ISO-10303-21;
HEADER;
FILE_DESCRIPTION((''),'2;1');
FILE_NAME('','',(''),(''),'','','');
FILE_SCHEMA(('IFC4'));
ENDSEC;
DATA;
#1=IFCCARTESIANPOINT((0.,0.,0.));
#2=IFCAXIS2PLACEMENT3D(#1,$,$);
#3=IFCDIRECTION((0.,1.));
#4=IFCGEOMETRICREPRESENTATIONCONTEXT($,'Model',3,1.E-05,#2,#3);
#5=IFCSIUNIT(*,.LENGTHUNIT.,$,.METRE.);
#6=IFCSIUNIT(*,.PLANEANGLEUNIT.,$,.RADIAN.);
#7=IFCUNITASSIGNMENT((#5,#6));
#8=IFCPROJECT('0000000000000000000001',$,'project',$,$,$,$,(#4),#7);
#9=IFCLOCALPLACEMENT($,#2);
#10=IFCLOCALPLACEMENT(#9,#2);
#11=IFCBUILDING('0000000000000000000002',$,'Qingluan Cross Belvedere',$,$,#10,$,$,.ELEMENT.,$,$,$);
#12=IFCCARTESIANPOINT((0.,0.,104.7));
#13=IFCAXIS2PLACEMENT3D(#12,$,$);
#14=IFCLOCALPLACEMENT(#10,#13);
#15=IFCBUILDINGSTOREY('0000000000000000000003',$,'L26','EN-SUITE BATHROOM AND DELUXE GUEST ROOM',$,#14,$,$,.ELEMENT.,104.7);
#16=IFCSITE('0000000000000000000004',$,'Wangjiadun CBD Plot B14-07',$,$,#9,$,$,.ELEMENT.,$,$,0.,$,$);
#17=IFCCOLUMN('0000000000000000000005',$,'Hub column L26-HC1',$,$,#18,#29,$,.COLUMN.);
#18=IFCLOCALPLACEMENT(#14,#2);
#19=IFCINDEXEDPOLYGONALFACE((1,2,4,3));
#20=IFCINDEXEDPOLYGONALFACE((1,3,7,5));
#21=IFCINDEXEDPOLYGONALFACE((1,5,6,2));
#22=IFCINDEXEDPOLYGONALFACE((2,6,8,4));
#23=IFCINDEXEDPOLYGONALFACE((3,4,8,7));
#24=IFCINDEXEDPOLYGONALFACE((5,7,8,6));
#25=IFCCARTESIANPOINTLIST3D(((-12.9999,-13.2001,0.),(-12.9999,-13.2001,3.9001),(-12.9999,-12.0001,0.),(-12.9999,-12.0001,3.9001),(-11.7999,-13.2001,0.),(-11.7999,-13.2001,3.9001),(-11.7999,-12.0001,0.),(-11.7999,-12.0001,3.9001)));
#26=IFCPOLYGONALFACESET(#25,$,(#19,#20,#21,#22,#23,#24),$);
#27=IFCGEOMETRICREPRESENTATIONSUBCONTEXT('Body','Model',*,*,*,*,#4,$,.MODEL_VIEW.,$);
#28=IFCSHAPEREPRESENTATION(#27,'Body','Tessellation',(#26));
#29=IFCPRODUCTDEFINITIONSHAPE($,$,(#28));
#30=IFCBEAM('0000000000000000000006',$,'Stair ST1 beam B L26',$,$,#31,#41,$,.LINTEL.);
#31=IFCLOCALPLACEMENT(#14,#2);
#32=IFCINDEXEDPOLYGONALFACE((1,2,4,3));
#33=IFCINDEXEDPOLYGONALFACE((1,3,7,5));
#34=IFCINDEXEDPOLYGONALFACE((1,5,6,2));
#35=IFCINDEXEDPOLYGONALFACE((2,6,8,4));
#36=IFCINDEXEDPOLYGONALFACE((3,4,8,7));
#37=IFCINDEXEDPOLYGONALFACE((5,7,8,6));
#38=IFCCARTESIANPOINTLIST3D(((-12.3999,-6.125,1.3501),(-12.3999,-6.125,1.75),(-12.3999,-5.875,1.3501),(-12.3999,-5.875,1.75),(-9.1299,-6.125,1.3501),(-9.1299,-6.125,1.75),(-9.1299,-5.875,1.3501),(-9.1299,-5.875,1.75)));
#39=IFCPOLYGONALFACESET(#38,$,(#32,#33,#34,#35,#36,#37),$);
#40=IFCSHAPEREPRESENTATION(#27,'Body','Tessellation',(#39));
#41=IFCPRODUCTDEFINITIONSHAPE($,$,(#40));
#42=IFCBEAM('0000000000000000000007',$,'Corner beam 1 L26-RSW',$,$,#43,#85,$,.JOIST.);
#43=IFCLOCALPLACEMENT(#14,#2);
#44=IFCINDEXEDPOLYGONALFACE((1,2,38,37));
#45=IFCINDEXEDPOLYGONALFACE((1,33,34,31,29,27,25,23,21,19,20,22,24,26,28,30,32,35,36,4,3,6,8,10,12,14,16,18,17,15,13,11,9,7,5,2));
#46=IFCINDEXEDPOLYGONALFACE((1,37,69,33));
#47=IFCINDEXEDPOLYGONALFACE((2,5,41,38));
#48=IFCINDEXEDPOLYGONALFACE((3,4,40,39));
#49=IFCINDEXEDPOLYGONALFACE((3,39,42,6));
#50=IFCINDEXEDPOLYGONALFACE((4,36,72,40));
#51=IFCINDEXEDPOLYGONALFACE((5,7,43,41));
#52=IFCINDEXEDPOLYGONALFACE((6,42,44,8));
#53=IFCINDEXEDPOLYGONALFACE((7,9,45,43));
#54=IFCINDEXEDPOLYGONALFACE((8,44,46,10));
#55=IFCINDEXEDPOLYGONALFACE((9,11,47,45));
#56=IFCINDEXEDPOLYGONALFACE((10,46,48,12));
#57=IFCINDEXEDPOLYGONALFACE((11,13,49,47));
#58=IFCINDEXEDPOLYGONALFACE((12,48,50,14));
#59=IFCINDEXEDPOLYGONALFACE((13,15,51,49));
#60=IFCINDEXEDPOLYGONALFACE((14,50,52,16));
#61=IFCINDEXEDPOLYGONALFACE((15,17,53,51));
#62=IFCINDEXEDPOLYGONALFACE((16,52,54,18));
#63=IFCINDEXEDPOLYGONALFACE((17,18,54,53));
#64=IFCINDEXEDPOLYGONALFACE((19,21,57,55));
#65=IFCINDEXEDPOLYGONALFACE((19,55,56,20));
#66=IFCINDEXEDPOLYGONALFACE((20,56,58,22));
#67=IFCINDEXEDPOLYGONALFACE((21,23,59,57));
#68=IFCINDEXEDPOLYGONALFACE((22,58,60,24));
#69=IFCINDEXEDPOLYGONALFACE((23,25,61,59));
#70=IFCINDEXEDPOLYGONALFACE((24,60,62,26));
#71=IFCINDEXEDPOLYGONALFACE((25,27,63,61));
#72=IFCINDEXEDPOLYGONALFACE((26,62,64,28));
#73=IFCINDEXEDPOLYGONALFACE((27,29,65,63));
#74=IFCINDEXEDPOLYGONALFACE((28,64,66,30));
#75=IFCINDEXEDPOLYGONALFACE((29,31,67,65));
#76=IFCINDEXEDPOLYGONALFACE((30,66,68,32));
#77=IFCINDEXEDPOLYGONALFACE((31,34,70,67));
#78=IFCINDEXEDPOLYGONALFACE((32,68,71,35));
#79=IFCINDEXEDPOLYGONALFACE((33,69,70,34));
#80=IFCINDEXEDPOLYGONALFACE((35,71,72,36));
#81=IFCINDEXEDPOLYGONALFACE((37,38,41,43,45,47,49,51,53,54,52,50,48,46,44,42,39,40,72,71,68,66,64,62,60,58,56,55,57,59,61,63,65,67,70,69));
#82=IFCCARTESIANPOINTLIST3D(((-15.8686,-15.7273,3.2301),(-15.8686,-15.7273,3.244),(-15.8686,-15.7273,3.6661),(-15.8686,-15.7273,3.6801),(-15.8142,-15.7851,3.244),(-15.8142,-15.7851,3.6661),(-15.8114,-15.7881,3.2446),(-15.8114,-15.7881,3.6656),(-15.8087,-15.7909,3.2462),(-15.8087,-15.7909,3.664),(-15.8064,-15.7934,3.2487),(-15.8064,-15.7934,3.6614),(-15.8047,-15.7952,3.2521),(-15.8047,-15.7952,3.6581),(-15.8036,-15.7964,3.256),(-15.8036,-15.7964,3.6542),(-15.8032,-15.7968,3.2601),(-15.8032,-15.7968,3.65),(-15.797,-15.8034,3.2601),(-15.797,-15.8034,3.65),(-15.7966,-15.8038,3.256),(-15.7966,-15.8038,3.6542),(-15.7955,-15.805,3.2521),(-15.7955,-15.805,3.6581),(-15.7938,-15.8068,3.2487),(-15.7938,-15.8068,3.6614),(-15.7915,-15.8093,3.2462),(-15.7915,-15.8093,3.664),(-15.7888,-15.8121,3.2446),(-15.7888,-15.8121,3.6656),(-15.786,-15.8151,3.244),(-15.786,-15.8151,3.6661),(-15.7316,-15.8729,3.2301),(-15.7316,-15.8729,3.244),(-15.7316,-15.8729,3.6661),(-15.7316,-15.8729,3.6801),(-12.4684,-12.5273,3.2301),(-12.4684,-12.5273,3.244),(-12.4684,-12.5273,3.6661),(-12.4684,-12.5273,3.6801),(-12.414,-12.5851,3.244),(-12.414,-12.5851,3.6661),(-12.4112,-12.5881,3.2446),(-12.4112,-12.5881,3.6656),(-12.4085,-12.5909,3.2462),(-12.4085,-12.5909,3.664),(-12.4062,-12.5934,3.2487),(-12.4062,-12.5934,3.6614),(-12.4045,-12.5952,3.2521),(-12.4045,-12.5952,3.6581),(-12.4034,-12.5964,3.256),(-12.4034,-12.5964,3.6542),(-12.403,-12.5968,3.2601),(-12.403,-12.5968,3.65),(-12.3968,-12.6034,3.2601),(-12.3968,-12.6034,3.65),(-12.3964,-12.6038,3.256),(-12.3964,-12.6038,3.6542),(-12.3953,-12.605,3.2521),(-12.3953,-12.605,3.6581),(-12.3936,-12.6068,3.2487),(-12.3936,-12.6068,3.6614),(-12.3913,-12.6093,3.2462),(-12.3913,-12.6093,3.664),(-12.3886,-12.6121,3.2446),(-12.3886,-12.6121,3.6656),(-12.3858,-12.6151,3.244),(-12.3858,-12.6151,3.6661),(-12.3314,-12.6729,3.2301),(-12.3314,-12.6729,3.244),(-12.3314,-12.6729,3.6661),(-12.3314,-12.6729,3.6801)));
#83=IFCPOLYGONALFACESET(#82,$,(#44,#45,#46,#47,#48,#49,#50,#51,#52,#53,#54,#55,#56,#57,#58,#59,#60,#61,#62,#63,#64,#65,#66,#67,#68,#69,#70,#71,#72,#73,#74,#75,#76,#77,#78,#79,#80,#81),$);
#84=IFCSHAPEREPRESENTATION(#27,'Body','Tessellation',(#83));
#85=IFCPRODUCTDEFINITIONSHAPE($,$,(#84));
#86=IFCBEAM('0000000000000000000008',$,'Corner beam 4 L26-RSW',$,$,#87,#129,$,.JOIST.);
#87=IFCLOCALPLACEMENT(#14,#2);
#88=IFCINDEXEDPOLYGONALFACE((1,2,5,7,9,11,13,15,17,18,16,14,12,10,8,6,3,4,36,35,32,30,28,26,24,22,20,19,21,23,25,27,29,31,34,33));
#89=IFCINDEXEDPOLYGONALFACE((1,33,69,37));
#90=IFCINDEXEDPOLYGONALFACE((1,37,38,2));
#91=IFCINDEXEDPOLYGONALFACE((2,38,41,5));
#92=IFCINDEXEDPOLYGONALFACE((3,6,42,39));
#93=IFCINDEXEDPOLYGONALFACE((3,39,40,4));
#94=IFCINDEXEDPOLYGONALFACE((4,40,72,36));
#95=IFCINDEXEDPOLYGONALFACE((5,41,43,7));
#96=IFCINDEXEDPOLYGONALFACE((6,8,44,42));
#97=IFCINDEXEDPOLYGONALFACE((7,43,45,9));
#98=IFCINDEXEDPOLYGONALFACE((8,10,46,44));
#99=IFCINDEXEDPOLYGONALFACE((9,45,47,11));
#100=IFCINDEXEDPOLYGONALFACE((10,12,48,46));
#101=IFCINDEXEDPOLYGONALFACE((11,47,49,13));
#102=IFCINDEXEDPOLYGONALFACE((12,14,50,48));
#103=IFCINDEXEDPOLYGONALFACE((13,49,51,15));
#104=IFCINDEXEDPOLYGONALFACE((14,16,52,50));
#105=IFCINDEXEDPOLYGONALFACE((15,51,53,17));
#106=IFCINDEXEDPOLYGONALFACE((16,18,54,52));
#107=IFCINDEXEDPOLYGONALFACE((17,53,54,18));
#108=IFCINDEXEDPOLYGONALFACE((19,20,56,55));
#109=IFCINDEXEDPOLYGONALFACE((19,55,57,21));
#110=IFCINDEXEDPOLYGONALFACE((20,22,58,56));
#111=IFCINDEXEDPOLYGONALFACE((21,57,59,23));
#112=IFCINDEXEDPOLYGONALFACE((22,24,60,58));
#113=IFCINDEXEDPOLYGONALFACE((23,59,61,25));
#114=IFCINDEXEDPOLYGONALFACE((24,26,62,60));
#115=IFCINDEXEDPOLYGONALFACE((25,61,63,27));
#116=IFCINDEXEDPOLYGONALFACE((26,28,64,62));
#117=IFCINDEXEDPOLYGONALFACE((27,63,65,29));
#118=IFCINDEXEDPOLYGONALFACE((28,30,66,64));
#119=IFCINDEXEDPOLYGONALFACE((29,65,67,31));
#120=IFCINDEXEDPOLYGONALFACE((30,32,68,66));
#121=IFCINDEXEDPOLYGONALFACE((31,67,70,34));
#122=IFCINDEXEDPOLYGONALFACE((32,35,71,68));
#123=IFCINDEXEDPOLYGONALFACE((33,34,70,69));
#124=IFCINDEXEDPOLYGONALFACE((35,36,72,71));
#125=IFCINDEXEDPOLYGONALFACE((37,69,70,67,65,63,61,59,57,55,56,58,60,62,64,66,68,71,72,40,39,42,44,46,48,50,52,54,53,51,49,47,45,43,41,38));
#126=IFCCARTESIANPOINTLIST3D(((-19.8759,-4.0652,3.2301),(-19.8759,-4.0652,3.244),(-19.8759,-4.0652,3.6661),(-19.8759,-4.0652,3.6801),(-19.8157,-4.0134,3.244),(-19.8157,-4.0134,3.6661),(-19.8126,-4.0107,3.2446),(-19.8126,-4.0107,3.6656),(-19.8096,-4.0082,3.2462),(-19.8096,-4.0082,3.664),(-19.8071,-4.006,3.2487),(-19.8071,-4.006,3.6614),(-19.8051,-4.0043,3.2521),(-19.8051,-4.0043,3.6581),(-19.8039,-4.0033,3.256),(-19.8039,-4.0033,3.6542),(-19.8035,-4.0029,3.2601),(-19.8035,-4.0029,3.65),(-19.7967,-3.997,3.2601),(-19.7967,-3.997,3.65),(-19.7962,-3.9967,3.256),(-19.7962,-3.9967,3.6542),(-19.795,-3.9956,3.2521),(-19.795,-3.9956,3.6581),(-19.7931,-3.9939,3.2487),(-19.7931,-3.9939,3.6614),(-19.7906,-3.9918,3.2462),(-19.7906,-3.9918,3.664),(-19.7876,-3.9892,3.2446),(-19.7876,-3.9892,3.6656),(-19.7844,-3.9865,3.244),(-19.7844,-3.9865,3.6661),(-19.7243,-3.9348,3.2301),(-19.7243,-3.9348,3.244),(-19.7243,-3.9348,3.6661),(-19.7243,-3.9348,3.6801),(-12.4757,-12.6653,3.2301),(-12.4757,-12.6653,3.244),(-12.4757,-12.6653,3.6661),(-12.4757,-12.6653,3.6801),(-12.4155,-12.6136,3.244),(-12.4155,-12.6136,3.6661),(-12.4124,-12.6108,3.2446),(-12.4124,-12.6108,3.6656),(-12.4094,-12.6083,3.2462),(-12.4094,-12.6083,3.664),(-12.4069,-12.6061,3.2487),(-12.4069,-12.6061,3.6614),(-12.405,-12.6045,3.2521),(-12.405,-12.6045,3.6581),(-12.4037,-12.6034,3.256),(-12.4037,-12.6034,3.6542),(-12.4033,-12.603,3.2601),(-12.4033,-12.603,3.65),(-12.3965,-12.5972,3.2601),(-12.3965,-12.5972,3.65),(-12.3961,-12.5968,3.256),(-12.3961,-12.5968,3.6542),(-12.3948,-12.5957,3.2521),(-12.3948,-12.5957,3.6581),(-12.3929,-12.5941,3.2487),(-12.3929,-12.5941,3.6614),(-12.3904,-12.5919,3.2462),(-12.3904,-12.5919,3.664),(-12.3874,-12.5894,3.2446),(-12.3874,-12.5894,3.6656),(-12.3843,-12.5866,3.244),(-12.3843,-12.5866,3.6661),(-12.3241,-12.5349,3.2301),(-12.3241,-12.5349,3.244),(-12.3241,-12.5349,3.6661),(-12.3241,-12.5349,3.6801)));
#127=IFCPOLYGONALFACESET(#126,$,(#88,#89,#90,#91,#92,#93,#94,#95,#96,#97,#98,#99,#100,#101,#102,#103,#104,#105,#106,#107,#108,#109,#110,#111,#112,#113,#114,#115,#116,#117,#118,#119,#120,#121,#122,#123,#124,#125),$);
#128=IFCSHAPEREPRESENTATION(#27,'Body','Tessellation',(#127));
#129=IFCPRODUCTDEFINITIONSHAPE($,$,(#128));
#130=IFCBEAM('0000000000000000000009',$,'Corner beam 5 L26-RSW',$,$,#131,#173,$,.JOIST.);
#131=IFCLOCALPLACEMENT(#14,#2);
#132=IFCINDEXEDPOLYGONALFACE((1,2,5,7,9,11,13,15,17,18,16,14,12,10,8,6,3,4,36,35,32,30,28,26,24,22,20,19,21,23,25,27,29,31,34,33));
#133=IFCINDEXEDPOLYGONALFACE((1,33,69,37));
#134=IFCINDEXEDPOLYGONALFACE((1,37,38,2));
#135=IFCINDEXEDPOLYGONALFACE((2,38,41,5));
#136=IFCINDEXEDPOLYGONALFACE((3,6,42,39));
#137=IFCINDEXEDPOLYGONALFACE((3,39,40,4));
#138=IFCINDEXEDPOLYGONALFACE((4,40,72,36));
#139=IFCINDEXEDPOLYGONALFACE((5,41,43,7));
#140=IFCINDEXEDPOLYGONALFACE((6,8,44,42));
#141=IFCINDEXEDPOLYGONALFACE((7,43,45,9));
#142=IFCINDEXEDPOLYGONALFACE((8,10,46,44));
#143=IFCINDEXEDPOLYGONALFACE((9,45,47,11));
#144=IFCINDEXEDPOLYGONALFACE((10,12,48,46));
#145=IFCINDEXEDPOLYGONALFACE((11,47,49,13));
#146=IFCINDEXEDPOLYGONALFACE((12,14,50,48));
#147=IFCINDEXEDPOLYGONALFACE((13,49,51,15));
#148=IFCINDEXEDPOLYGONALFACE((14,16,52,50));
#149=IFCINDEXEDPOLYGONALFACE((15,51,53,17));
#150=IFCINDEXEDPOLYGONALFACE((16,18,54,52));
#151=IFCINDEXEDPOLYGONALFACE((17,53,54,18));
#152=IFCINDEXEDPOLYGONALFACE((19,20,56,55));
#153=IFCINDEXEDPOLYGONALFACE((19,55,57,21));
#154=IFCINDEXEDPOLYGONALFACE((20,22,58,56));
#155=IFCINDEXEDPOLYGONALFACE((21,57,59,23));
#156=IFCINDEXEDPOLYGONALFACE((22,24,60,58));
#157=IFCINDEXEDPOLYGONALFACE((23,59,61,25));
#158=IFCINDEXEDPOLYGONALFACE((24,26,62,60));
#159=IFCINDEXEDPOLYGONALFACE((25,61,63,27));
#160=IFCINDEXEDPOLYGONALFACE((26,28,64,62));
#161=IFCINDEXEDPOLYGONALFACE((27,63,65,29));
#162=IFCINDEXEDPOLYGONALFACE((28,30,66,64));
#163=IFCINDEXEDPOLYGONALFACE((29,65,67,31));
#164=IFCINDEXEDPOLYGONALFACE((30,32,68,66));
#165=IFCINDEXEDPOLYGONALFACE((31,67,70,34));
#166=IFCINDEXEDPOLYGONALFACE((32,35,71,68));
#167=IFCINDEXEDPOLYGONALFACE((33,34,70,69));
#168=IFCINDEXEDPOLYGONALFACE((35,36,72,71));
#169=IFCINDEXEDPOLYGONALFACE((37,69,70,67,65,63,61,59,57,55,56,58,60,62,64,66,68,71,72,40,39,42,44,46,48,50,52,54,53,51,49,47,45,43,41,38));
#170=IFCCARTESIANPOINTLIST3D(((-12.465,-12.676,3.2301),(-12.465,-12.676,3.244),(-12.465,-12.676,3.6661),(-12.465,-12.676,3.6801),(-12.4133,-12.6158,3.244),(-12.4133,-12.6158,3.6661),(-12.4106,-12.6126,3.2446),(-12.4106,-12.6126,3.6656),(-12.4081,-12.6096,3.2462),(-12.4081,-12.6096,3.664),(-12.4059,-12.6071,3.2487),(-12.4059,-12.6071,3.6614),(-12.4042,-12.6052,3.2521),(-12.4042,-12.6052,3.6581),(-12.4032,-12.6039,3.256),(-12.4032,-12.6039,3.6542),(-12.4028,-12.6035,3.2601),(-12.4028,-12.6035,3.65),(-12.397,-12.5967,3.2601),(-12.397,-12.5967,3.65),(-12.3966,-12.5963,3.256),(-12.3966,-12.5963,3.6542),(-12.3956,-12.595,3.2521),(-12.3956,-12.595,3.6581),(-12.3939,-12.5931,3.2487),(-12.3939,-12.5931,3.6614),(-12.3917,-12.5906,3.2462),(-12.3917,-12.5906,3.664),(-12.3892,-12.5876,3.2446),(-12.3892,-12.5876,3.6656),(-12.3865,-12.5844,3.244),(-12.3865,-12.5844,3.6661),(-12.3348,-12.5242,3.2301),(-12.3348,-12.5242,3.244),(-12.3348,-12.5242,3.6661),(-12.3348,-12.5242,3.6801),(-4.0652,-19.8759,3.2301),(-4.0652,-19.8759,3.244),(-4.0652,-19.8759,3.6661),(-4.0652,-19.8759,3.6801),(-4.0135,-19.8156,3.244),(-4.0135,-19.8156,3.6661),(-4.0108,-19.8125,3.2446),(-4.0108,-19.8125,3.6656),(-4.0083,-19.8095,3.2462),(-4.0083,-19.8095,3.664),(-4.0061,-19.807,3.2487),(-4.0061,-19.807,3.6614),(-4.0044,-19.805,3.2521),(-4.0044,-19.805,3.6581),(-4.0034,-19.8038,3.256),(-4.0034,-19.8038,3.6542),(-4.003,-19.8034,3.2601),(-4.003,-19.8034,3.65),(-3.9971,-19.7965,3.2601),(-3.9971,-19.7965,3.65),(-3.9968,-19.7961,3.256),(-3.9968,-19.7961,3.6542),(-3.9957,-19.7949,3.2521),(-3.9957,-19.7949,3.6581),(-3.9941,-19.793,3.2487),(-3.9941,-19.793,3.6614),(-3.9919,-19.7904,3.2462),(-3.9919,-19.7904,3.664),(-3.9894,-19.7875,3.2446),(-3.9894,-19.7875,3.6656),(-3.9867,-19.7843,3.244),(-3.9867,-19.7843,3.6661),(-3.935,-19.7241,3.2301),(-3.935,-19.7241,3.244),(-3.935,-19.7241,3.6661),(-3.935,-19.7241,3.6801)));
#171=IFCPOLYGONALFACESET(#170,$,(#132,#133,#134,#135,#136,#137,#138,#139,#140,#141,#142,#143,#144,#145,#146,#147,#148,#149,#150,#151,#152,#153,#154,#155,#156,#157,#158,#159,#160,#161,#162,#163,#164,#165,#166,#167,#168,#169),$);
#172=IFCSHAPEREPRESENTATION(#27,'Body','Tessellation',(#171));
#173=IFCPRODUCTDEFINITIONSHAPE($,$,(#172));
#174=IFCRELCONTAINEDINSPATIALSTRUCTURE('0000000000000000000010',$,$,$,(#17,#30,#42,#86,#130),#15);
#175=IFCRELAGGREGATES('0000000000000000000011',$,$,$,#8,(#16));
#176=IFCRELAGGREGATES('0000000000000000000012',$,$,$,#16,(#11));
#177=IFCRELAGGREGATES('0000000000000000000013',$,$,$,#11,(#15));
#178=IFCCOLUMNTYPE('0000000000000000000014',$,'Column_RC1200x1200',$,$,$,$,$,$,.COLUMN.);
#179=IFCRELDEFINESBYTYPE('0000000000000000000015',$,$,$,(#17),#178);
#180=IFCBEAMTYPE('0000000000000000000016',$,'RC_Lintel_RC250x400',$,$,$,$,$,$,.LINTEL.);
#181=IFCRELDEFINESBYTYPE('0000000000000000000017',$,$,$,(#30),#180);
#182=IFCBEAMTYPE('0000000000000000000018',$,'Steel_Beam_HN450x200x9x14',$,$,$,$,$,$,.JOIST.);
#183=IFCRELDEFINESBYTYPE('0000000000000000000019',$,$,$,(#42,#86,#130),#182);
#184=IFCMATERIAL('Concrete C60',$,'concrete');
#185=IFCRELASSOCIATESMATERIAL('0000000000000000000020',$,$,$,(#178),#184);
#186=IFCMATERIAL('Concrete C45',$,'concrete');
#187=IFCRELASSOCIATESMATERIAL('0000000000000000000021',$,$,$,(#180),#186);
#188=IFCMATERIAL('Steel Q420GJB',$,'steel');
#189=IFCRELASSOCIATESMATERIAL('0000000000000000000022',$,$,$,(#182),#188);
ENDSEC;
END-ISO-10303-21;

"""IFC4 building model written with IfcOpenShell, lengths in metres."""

from ifc_helpers import new_model, si_unit, direction, frame, origin, origin_2d, place, context, subcontext, project, spatial, rectangle, i_section, extrude, material, material_profile, profile_set, type_object, element, save


model = new_model("IFC4")

# Units and contexts
model_context = context("Model", 3, precision=1e-05, world=origin(), true_north=direction((0.0, 1.0)))
body_context = subcontext(model_context, "Body", "Model", "MODEL_VIEW")
ifc_project = project(units=[si_unit("LENGTHUNIT", "METRE"), si_unit("PLANEANGLEUNIT", "RADIAN")], contexts=[model_context])

# Site, building, storey
site_placement = place(None, origin())
site = spatial("IfcSite", under=ifc_project, at=site_placement, Name="Wangjiadun CBD Plot B14-07", CompositionType="ELEMENT", RefElevation=0.0)
building_placement = place(site_placement, origin())
building = spatial("IfcBuilding", under=site, at=building_placement, Name="Qingluan Cross Belvedere", CompositionType="ELEMENT")
storey_placement = place(building_placement, frame((0.0, 0.0, 104.7)))
storey = spatial("IfcBuildingStorey", under=building, at=storey_placement, Name="L26", Description="EN-SUITE BATHROOM AND DELUXE GUEST ROOM", CompositionType="ELEMENT", Elevation=104.7)

# Column
ifc_material_1 = material(Name="Concrete C60", Category="concrete")
ifc_material_profile_1 = material_profile(ifc_material_1, rectangle(XDim=1.2, YDim=1.2, at=origin_2d()), Name="RC1200x1200")
ifc_profile_set_1 = profile_set([ifc_material_profile_1], Name="Concrete C60")
column_type = type_object("IfcColumnType", Name="Column_RC1200x1200", PredefinedType="COLUMN", material=ifc_profile_set_1)
column_placement = place(storey_placement, frame((-12.3999, -12.6001, 0.0), z_axis=(0.0, 0.0, 1.0), x_axis=(1.0, 0.0, 0.0)))
element("IfcColumn", 1, at=column_placement, inside=storey, type_object=column_type, Name="Hub column L26-HC1", PredefinedType="COLUMN", context=body_context, shape_type="SweptSolid", body=[
    extrude(rectangle(XDim=1.2, YDim=1.2, at=origin_2d()), origin(), (0.0, 0.0, 1.0), 3.9001),
])

# Beams
ifc_material_2 = material(Name="Concrete C45", Category="concrete")
ifc_material_profile_2 = material_profile(ifc_material_2, rectangle(XDim=0.25, YDim=0.3999, at=origin_2d()), Name="RC250x400")
ifc_profile_set_2 = profile_set([ifc_material_profile_2], Name="Concrete C45")
beam_type_1 = type_object("IfcBeamType", Name="RC_Lintel_RC250x400", PredefinedType="LINTEL", material=ifc_profile_set_2)
beam_1_placement = place(storey_placement, frame((-12.3999, -6.0, 1.55), z_axis=(1.0, 0.0, 0.0), x_axis=(0.0, 1.0, 0.0)))
element("IfcBeam", 2, at=beam_1_placement, inside=storey, type_object=beam_type_1, Name="Stair ST1 beam B L26", PredefinedType="LINTEL", context=body_context, shape_type="SweptSolid", body=[
    extrude(rectangle(XDim=0.25, YDim=0.3999, at=origin_2d()), origin(), (0.0, 0.0, 1.0), 3.27),
])
ifc_material_3 = material(Name="Steel Q420GJB", Category="steel")
ifc_material_profile_3 = material_profile(ifc_material_3, i_section(OverallWidth=0.2, OverallDepth=0.45, WebThickness=0.009, FlangeThickness=0.0139, FilletRadius=0.0161, at=origin_2d()), Name="HN450x200x9x14")
ifc_profile_set_3 = profile_set([ifc_material_profile_3], Name="Steel Q420GJB")
beam_type_2 = type_object("IfcBeamType", Name="Steel_Beam_HN450x200x9x14", PredefinedType="JOIST", material=ifc_profile_set_3)
beam_2_placement = place(storey_placement, frame((-12.3999, -12.6001, 3.4551), z_axis=(-0.72822, -0.685343, 0.0), x_axis=(0.685343, -0.72822, 0.0)))
element("IfcBeam", 3, at=beam_2_placement, inside=storey, type_object=beam_type_2, Name="Corner beam 1 L26-RSW", PredefinedType="JOIST", context=body_context, shape_type="SweptSolid", body=[
    extrude(i_section(OverallWidth=0.2, OverallDepth=0.45, WebThickness=0.009, FlangeThickness=0.0139, FilletRadius=0.0161, at=origin_2d()), origin(), (0.0, 0.0, 1.0), 4.6692),
])
beam_3_placement = place(storey_placement, frame((-12.3999, -12.6001, 3.4551), z_axis=(-0.652245, 0.758008, 0.0), x_axis=(-0.758008, -0.652245, 0.0)))
element("IfcBeam", 4, at=beam_3_placement, inside=storey, type_object=beam_type_2, Name="Corner beam 4 L26-RSW", PredefinedType="JOIST", context=body_context, shape_type="SweptSolid", body=[
    extrude(i_section(OverallWidth=0.2, OverallDepth=0.45, WebThickness=0.009, FlangeThickness=0.0139, FilletRadius=0.0161, at=origin_2d()), origin(), (0.0, 0.0, 1.0), 11.3457),
])
beam_4_placement = place(storey_placement, frame((-12.3999, -12.6001, 3.4551), z_axis=(0.759255, -0.650793, 0.0), x_axis=(0.650793, 0.759255, 0.0)))
element("IfcBeam", 5, at=beam_4_placement, inside=storey, type_object=beam_type_2, Name="Corner beam 5 L26-RSW", PredefinedType="JOIST", context=body_context, shape_type="SweptSolid", body=[
    extrude(i_section(OverallWidth=0.2, OverallDepth=0.45, WebThickness=0.009, FlangeThickness=0.0139, FilletRadius=0.0161, at=origin_2d()), origin(), (0.0, 0.0, 1.0), 11.0632),
])

save(model, "model.ifc")
